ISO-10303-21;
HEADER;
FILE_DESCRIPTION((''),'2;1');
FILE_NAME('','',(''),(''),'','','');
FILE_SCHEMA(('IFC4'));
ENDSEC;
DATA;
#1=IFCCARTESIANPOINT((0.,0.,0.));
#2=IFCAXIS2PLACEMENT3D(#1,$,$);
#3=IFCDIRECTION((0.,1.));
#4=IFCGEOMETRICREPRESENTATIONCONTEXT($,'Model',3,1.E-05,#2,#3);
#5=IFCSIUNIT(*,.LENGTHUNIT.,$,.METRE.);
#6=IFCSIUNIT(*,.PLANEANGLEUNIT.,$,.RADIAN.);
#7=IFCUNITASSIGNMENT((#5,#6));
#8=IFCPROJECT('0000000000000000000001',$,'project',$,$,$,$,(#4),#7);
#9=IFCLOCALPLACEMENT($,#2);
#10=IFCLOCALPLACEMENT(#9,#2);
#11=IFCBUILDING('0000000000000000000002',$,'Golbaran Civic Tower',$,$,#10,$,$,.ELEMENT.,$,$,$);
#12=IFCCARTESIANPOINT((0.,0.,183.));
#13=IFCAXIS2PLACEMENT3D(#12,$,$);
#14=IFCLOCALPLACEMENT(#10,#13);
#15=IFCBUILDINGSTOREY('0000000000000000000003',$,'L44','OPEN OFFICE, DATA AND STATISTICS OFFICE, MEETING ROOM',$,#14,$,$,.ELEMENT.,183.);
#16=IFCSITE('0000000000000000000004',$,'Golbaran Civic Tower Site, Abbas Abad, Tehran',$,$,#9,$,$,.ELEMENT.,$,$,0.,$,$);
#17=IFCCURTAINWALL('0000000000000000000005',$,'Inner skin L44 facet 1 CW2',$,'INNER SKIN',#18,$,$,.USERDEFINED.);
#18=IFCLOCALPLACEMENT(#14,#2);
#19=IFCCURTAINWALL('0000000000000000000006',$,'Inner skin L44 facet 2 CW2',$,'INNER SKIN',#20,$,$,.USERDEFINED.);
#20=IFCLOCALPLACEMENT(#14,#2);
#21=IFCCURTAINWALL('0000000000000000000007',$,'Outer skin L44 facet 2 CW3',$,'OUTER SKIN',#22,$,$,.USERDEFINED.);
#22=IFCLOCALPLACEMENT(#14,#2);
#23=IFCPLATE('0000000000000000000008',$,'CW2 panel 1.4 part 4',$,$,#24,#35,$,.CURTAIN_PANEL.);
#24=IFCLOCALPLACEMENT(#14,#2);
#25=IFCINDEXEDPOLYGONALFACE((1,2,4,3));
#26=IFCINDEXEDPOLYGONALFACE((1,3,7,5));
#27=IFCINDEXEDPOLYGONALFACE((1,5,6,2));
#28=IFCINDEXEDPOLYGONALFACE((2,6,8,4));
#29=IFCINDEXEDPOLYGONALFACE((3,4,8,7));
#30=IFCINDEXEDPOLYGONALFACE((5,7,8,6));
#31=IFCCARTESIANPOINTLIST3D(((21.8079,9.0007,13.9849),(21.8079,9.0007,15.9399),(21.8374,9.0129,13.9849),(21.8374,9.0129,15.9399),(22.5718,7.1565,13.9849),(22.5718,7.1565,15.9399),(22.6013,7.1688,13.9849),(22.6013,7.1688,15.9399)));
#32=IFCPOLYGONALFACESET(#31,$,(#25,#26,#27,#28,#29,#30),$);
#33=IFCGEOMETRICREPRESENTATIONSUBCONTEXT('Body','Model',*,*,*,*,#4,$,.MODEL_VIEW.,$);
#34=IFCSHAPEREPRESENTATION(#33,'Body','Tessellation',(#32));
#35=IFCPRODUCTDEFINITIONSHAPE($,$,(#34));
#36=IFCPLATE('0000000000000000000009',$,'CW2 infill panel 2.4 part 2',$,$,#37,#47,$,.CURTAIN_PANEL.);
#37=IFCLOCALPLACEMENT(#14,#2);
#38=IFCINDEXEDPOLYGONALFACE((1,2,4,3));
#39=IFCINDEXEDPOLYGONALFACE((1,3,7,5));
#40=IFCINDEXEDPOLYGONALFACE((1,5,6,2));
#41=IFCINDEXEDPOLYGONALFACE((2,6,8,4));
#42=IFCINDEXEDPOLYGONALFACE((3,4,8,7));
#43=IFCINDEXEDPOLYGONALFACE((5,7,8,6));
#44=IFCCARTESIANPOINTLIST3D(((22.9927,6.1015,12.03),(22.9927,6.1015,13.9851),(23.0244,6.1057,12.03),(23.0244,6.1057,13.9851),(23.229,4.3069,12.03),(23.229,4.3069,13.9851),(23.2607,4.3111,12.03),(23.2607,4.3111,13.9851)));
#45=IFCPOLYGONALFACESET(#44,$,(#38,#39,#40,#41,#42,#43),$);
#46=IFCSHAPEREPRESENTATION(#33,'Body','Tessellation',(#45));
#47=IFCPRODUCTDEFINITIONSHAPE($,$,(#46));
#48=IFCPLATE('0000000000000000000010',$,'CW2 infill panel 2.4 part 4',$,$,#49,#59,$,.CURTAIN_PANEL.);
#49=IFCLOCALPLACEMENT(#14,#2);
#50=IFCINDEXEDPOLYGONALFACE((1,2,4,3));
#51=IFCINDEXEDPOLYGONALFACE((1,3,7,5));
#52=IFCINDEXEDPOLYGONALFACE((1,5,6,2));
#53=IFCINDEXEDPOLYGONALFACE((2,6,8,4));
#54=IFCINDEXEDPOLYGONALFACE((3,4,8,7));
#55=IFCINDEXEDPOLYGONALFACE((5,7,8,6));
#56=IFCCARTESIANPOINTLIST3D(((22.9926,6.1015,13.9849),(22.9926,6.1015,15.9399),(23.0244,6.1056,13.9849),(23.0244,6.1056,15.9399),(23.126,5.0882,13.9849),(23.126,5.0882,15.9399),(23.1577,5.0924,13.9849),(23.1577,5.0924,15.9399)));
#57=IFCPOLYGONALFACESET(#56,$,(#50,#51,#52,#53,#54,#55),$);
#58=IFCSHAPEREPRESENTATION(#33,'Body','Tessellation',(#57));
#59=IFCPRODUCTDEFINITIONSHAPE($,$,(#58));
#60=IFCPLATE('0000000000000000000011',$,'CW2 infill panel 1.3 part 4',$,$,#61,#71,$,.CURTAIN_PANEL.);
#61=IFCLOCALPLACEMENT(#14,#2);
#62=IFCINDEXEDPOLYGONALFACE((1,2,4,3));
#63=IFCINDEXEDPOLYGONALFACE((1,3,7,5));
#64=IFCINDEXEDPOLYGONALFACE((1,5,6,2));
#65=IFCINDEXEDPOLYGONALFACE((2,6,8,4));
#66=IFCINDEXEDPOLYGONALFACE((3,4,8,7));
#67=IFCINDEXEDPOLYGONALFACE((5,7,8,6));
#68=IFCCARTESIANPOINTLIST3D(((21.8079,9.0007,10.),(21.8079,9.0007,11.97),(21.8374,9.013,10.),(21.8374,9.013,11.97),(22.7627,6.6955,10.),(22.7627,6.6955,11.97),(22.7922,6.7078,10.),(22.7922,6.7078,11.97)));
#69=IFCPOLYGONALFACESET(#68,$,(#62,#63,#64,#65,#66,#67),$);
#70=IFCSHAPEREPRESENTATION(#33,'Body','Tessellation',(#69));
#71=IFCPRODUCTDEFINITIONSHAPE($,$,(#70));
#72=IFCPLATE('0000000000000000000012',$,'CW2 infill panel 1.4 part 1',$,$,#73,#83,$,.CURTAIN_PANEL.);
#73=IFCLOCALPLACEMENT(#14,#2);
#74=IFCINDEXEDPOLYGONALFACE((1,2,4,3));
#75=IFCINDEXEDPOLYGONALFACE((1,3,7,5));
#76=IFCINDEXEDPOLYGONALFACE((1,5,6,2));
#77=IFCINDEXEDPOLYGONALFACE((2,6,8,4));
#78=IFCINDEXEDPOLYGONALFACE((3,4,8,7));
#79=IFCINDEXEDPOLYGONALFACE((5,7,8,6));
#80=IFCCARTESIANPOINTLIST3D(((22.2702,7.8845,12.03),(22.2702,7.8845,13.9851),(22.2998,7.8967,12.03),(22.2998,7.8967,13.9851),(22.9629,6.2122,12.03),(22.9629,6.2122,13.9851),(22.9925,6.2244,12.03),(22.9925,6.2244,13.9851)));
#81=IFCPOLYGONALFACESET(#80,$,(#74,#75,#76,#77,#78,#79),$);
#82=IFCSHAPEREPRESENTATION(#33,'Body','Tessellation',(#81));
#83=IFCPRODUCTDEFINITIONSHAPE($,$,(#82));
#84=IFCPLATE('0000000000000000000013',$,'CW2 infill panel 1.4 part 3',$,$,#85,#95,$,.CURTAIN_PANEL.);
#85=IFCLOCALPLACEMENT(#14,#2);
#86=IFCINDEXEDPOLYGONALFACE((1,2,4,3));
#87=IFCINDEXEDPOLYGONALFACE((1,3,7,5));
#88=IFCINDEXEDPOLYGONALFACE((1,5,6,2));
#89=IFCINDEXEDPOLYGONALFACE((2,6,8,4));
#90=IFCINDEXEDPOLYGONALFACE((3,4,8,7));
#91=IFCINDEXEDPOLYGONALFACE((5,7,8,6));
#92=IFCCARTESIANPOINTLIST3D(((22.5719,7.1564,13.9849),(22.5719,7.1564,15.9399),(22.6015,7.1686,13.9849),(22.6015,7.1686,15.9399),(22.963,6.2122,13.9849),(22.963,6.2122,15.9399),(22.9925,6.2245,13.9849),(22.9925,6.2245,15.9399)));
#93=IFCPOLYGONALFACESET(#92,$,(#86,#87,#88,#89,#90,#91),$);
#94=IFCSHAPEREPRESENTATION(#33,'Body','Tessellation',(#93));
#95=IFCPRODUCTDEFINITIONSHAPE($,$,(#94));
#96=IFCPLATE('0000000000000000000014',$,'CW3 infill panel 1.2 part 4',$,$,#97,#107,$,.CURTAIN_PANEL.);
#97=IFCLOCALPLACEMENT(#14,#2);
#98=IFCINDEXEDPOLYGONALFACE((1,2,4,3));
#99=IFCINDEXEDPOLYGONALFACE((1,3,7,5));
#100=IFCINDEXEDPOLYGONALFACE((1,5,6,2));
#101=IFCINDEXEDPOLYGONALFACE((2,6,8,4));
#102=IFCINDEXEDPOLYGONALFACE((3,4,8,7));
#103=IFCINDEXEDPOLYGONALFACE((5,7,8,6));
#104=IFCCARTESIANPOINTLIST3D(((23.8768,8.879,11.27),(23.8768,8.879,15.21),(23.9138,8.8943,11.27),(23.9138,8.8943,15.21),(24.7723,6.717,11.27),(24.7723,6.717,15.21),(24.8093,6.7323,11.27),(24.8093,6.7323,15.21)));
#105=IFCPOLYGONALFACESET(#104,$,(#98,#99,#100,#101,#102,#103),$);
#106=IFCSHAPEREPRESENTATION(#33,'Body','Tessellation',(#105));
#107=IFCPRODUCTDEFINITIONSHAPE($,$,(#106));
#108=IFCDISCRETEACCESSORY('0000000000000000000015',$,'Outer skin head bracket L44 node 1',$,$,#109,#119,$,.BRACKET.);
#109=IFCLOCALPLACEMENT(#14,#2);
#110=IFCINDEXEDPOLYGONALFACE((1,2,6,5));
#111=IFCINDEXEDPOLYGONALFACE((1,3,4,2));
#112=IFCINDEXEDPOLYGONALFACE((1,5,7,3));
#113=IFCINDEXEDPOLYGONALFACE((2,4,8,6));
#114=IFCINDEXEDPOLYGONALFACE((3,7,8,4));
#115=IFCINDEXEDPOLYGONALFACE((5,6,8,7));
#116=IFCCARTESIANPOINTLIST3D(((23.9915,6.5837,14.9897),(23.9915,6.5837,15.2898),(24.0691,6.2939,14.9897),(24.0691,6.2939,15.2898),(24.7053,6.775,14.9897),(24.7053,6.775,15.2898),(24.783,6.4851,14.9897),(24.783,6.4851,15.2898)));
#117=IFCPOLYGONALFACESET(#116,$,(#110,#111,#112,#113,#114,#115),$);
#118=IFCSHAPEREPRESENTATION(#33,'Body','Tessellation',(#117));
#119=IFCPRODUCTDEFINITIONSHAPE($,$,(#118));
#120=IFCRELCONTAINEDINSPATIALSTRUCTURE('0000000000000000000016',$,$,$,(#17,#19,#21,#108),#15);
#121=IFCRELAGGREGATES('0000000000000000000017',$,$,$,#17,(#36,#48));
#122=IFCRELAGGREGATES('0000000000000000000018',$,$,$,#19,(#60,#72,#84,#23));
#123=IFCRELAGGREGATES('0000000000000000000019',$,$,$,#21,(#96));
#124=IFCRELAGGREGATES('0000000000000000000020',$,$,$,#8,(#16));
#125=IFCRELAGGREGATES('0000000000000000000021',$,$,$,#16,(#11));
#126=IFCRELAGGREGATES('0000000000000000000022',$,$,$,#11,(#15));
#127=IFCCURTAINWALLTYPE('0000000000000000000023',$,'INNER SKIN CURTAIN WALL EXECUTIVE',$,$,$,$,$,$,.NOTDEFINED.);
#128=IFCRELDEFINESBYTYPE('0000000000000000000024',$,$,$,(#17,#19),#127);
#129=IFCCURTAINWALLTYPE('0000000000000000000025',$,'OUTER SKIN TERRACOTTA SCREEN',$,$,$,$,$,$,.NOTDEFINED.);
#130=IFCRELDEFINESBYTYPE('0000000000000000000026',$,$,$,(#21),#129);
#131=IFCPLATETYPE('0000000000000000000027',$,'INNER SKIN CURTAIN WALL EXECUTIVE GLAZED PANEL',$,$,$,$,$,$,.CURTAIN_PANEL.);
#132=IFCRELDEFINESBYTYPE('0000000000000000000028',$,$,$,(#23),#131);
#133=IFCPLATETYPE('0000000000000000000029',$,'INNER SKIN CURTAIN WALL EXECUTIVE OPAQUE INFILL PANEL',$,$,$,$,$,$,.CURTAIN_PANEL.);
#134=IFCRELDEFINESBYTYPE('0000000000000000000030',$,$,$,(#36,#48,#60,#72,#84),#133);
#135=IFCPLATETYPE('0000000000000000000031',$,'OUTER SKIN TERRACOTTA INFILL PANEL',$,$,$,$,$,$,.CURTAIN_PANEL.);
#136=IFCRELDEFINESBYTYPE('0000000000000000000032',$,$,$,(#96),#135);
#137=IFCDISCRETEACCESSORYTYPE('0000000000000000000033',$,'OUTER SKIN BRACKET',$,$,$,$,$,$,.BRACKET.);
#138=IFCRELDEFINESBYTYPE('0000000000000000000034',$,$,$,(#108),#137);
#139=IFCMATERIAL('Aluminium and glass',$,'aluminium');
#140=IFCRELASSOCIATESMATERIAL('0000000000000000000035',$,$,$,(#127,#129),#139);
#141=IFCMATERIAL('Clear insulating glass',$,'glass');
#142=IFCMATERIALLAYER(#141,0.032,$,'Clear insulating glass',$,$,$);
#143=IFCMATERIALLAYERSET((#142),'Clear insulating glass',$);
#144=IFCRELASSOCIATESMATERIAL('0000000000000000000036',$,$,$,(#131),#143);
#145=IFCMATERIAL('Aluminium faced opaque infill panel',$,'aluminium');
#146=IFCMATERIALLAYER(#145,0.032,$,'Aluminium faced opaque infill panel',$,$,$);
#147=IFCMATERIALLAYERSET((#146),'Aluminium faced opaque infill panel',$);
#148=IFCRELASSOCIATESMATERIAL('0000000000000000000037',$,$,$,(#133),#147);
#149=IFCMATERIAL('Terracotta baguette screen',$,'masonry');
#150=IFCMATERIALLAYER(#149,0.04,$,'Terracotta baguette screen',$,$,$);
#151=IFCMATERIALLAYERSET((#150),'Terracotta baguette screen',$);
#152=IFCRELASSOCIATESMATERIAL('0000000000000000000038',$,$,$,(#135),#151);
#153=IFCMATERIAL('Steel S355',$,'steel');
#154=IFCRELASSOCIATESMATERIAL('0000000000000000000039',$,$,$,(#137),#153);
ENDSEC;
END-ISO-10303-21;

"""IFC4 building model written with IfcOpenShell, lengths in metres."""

from ifc_helpers import new_model, si_unit, direction, frame, origin, origin_2d, place, context, subcontext, project, spatial, rectangle, extrude, material, layer, layer_set, type_object, element, aggregate, save


model = new_model("IFC4")

# Units and contexts
model_context = context("Model", 3, precision=1e-05, world=origin(), true_north=direction((0.0, 1.0)))
body_context = subcontext(model_context, "Body", "Model", "MODEL_VIEW")
ifc_project = project(units=[si_unit("LENGTHUNIT", "METRE"), si_unit("PLANEANGLEUNIT", "RADIAN")], contexts=[model_context])

# Site, building, storey
site_placement = place(None, origin())
site = spatial("IfcSite", under=ifc_project, at=site_placement, Name="Golbaran Civic Tower Site, Abbas Abad, Tehran", CompositionType="ELEMENT", RefElevation=0.0)
building_placement = place(site_placement, origin())
building = spatial("IfcBuilding", under=site, at=building_placement, Name="Golbaran Civic Tower", CompositionType="ELEMENT")
storey_placement = place(building_placement, frame((0.0, 0.0, 183.0)))
storey = spatial("IfcBuildingStorey", under=building, at=storey_placement, Name="L44", Description="OPEN OFFICE, DATA AND STATISTICS OFFICE, MEETING ROOM", CompositionType="ELEMENT", Elevation=183.0)

# Curtain walls
ifc_material_1 = material(Name="Aluminium and glass", Category="aluminium")
curtain_wall_type_1 = type_object("IfcCurtainWallType", Name="INNER SKIN CURTAIN WALL EXECUTIVE", PredefinedType="NOTDEFINED", material=ifc_material_1)
curtain_wall_1_placement = place(storey_placement, origin())
curtain_wall_1 = element("IfcCurtainWall", 1, at=curtain_wall_1_placement, inside=storey, type_object=curtain_wall_type_1, Name="Inner skin L44 facet 1 CW2", ObjectType="INNER SKIN", PredefinedType="USERDEFINED")
curtain_wall_2_placement = place(storey_placement, origin())
curtain_wall_2 = element("IfcCurtainWall", 2, at=curtain_wall_2_placement, inside=storey, type_object=curtain_wall_type_1, Name="Inner skin L44 facet 2 CW2", ObjectType="INNER SKIN", PredefinedType="USERDEFINED")

# Curtain wall
curtain_wall_type_2 = type_object("IfcCurtainWallType", Name="OUTER SKIN TERRACOTTA SCREEN", PredefinedType="NOTDEFINED", material=ifc_material_1)
curtain_wall_3_placement = place(storey_placement, origin())
curtain_wall_3 = element("IfcCurtainWall", 3, at=curtain_wall_3_placement, inside=storey, type_object=curtain_wall_type_2, Name="Outer skin L44 facet 2 CW3", ObjectType="OUTER SKIN", PredefinedType="USERDEFINED")

# Plates
ifc_material_2 = material(Name="Clear insulating glass", Category="glass")
ifc_layer_1 = layer(ifc_material_2, 0.032, Name="Clear insulating glass")
ifc_layer_set_1 = layer_set([ifc_layer_1], Name="Clear insulating glass")
plate_type_1 = type_object("IfcPlateType", Name="INNER SKIN CURTAIN WALL EXECUTIVE GLAZED PANEL", PredefinedType="CURTAIN_PANEL", material=ifc_layer_set_1)
plate_1_placement = place(storey_placement, frame((22.2046, 8.0847, 13.9849), z_axis=(0.0, 0.0, 1.0), x_axis=(-0.382683, 0.92388, 0.0)))
plate_1 = element("IfcPlate", 4, at=plate_1_placement, type_object=plate_type_1, Name="CW2 panel 1.4 part 4", PredefinedType="CURTAIN_PANEL", context=body_context, shape_type="SweptSolid", body=[
    extrude(rectangle(XDim=1.9961, YDim=0.032, at=origin_2d()), origin(), (0.0, 0.0, 1.0), 1.9551),
])
ifc_material_3 = material(Name="Aluminium faced opaque infill panel", Category="aluminium")
ifc_layer_2 = layer(ifc_material_3, 0.032, Name="Aluminium faced opaque infill panel")
ifc_layer_set_2 = layer_set([ifc_layer_2], Name="Aluminium faced opaque infill panel")
plate_type_2 = type_object("IfcPlateType", Name="INNER SKIN CURTAIN WALL EXECUTIVE OPAQUE INFILL PANEL", PredefinedType="CURTAIN_PANEL", material=ifc_layer_set_2)
plate_2_placement = place(storey_placement, frame((23.1267, 5.2063, 12.03), z_axis=(0.0, 0.0, 1.0), x_axis=(-0.130526, 0.991445, 0.0)))
plate_2 = element("IfcPlate", 5, at=plate_2_placement, type_object=plate_type_2, Name="CW2 infill panel 2.4 part 2", PredefinedType="CURTAIN_PANEL", context=body_context, shape_type="SweptSolid", body=[
    extrude(rectangle(XDim=1.8101, YDim=0.032, at=origin_2d()), origin(), (0.0, 0.0, 1.0), 1.9551),
])
plate_3_placement = place(storey_placement, frame((23.0752, 5.5969, 13.9849), z_axis=(0.0, 0.0, 1.0), x_axis=(-0.130526, 0.991445, 0.0)))
plate_3 = element("IfcPlate", 6, at=plate_3_placement, type_object=plate_type_2, Name="CW2 infill panel 2.4 part 4", PredefinedType="CURTAIN_PANEL", context=body_context, shape_type="SweptSolid", body=[
    extrude(rectangle(XDim=1.022, YDim=0.032, at=origin_2d()), origin(), (0.0, 0.0, 1.0), 1.9551),
])
aggregate(curtain_wall_1, [plate_2, plate_3])
plate_4_placement = place(storey_placement, frame((22.3, 7.8542, 10.0), z_axis=(0.0, 0.0, 1.0), x_axis=(-0.382683, 0.92388, 0.0)))
plate_4 = element("IfcPlate", 7, at=plate_4_placement, type_object=plate_type_2, Name="CW2 infill panel 1.3 part 4", PredefinedType="CURTAIN_PANEL", context=body_context, shape_type="SweptSolid", body=[
    extrude(rectangle(XDim=2.4951, YDim=0.032, at=origin_2d()), origin(), (0.0, 0.0, 1.0), 1.97),
])
plate_5_placement = place(storey_placement, frame((22.6313, 7.0544, 12.03), z_axis=(0.0, 0.0, 1.0), x_axis=(-0.382683, 0.92388, 0.0)))
plate_5 = element("IfcPlate", 8, at=plate_5_placement, type_object=plate_type_2, Name="CW2 infill panel 1.4 part 1", PredefinedType="CURTAIN_PANEL", context=body_context, shape_type="SweptSolid", body=[
    extrude(rectangle(XDim=1.8101, YDim=0.032, at=origin_2d()), origin(), (0.0, 0.0, 1.0), 1.9551),
])
plate_6_placement = place(storey_placement, frame((22.7822, 6.6904, 13.9849), z_axis=(0.0, 0.0, 1.0), x_axis=(-0.382683, 0.92388, 0.0)))
plate_6 = element("IfcPlate", 9, at=plate_6_placement, type_object=plate_type_2, Name="CW2 infill panel 1.4 part 3", PredefinedType="CURTAIN_PANEL", context=body_context, shape_type="SweptSolid", body=[
    extrude(rectangle(XDim=1.022, YDim=0.032, at=origin_2d()), origin(), (0.0, 0.0, 1.0), 1.9551),
])
aggregate(curtain_wall_2, [plate_4, plate_5, plate_6, plate_1])
ifc_material_4 = material(Name="Terracotta baguette screen", Category="masonry")
ifc_layer_3 = layer(ifc_material_4, 0.04, Name="Terracotta baguette screen")
ifc_layer_set_3 = layer_set([ifc_layer_3], Name="Terracotta baguette screen")
plate_type_3 = type_object("IfcPlateType", Name="OUTER SKIN TERRACOTTA INFILL PANEL", PredefinedType="CURTAIN_PANEL", material=ifc_layer_set_3)
plate_7_placement = place(storey_placement, frame((24.343, 7.8057, 11.27), z_axis=(0.0, 0.0, 1.0), x_axis=(-0.382683, 0.92388, 0.0)))
plate_7 = element("IfcPlate", 10, at=plate_7_placement, type_object=plate_type_3, Name="CW3 infill panel 1.2 part 4", PredefinedType="CURTAIN_PANEL", context=body_context, shape_type="SweptSolid", body=[
    extrude(rectangle(XDim=2.3401, YDim=0.04, at=origin_2d()), origin(), (0.0, 0.0, 1.0), 3.9399),
])
aggregate(curtain_wall_3, [plate_7])

# Discrete accessory
ifc_material_5 = material(Name="Steel S355", Category="steel")
discrete_accessory_type = type_object("IfcDiscreteAccessoryType", Name="OUTER SKIN BRACKET", PredefinedType="BRACKET", material=ifc_material_5)
discrete_accessory_placement = place(storey_placement, frame((24.3872, 6.5344, 14.9897), z_axis=(0.0, 0.0, 1.0), x_axis=(0.965926, 0.258819, 0.0)))
element("IfcDiscreteAccessory", 11, at=discrete_accessory_placement, inside=storey, type_object=discrete_accessory_type, Name="Outer skin head bracket L44 node 1", PredefinedType="BRACKET", context=body_context, shape_type="SweptSolid", body=[
    extrude(rectangle(XDim=0.739, YDim=0.3, at=origin_2d()), origin(), (0.0, 0.0, 1.0), 0.3),
])

save(model, "model.ifc")
